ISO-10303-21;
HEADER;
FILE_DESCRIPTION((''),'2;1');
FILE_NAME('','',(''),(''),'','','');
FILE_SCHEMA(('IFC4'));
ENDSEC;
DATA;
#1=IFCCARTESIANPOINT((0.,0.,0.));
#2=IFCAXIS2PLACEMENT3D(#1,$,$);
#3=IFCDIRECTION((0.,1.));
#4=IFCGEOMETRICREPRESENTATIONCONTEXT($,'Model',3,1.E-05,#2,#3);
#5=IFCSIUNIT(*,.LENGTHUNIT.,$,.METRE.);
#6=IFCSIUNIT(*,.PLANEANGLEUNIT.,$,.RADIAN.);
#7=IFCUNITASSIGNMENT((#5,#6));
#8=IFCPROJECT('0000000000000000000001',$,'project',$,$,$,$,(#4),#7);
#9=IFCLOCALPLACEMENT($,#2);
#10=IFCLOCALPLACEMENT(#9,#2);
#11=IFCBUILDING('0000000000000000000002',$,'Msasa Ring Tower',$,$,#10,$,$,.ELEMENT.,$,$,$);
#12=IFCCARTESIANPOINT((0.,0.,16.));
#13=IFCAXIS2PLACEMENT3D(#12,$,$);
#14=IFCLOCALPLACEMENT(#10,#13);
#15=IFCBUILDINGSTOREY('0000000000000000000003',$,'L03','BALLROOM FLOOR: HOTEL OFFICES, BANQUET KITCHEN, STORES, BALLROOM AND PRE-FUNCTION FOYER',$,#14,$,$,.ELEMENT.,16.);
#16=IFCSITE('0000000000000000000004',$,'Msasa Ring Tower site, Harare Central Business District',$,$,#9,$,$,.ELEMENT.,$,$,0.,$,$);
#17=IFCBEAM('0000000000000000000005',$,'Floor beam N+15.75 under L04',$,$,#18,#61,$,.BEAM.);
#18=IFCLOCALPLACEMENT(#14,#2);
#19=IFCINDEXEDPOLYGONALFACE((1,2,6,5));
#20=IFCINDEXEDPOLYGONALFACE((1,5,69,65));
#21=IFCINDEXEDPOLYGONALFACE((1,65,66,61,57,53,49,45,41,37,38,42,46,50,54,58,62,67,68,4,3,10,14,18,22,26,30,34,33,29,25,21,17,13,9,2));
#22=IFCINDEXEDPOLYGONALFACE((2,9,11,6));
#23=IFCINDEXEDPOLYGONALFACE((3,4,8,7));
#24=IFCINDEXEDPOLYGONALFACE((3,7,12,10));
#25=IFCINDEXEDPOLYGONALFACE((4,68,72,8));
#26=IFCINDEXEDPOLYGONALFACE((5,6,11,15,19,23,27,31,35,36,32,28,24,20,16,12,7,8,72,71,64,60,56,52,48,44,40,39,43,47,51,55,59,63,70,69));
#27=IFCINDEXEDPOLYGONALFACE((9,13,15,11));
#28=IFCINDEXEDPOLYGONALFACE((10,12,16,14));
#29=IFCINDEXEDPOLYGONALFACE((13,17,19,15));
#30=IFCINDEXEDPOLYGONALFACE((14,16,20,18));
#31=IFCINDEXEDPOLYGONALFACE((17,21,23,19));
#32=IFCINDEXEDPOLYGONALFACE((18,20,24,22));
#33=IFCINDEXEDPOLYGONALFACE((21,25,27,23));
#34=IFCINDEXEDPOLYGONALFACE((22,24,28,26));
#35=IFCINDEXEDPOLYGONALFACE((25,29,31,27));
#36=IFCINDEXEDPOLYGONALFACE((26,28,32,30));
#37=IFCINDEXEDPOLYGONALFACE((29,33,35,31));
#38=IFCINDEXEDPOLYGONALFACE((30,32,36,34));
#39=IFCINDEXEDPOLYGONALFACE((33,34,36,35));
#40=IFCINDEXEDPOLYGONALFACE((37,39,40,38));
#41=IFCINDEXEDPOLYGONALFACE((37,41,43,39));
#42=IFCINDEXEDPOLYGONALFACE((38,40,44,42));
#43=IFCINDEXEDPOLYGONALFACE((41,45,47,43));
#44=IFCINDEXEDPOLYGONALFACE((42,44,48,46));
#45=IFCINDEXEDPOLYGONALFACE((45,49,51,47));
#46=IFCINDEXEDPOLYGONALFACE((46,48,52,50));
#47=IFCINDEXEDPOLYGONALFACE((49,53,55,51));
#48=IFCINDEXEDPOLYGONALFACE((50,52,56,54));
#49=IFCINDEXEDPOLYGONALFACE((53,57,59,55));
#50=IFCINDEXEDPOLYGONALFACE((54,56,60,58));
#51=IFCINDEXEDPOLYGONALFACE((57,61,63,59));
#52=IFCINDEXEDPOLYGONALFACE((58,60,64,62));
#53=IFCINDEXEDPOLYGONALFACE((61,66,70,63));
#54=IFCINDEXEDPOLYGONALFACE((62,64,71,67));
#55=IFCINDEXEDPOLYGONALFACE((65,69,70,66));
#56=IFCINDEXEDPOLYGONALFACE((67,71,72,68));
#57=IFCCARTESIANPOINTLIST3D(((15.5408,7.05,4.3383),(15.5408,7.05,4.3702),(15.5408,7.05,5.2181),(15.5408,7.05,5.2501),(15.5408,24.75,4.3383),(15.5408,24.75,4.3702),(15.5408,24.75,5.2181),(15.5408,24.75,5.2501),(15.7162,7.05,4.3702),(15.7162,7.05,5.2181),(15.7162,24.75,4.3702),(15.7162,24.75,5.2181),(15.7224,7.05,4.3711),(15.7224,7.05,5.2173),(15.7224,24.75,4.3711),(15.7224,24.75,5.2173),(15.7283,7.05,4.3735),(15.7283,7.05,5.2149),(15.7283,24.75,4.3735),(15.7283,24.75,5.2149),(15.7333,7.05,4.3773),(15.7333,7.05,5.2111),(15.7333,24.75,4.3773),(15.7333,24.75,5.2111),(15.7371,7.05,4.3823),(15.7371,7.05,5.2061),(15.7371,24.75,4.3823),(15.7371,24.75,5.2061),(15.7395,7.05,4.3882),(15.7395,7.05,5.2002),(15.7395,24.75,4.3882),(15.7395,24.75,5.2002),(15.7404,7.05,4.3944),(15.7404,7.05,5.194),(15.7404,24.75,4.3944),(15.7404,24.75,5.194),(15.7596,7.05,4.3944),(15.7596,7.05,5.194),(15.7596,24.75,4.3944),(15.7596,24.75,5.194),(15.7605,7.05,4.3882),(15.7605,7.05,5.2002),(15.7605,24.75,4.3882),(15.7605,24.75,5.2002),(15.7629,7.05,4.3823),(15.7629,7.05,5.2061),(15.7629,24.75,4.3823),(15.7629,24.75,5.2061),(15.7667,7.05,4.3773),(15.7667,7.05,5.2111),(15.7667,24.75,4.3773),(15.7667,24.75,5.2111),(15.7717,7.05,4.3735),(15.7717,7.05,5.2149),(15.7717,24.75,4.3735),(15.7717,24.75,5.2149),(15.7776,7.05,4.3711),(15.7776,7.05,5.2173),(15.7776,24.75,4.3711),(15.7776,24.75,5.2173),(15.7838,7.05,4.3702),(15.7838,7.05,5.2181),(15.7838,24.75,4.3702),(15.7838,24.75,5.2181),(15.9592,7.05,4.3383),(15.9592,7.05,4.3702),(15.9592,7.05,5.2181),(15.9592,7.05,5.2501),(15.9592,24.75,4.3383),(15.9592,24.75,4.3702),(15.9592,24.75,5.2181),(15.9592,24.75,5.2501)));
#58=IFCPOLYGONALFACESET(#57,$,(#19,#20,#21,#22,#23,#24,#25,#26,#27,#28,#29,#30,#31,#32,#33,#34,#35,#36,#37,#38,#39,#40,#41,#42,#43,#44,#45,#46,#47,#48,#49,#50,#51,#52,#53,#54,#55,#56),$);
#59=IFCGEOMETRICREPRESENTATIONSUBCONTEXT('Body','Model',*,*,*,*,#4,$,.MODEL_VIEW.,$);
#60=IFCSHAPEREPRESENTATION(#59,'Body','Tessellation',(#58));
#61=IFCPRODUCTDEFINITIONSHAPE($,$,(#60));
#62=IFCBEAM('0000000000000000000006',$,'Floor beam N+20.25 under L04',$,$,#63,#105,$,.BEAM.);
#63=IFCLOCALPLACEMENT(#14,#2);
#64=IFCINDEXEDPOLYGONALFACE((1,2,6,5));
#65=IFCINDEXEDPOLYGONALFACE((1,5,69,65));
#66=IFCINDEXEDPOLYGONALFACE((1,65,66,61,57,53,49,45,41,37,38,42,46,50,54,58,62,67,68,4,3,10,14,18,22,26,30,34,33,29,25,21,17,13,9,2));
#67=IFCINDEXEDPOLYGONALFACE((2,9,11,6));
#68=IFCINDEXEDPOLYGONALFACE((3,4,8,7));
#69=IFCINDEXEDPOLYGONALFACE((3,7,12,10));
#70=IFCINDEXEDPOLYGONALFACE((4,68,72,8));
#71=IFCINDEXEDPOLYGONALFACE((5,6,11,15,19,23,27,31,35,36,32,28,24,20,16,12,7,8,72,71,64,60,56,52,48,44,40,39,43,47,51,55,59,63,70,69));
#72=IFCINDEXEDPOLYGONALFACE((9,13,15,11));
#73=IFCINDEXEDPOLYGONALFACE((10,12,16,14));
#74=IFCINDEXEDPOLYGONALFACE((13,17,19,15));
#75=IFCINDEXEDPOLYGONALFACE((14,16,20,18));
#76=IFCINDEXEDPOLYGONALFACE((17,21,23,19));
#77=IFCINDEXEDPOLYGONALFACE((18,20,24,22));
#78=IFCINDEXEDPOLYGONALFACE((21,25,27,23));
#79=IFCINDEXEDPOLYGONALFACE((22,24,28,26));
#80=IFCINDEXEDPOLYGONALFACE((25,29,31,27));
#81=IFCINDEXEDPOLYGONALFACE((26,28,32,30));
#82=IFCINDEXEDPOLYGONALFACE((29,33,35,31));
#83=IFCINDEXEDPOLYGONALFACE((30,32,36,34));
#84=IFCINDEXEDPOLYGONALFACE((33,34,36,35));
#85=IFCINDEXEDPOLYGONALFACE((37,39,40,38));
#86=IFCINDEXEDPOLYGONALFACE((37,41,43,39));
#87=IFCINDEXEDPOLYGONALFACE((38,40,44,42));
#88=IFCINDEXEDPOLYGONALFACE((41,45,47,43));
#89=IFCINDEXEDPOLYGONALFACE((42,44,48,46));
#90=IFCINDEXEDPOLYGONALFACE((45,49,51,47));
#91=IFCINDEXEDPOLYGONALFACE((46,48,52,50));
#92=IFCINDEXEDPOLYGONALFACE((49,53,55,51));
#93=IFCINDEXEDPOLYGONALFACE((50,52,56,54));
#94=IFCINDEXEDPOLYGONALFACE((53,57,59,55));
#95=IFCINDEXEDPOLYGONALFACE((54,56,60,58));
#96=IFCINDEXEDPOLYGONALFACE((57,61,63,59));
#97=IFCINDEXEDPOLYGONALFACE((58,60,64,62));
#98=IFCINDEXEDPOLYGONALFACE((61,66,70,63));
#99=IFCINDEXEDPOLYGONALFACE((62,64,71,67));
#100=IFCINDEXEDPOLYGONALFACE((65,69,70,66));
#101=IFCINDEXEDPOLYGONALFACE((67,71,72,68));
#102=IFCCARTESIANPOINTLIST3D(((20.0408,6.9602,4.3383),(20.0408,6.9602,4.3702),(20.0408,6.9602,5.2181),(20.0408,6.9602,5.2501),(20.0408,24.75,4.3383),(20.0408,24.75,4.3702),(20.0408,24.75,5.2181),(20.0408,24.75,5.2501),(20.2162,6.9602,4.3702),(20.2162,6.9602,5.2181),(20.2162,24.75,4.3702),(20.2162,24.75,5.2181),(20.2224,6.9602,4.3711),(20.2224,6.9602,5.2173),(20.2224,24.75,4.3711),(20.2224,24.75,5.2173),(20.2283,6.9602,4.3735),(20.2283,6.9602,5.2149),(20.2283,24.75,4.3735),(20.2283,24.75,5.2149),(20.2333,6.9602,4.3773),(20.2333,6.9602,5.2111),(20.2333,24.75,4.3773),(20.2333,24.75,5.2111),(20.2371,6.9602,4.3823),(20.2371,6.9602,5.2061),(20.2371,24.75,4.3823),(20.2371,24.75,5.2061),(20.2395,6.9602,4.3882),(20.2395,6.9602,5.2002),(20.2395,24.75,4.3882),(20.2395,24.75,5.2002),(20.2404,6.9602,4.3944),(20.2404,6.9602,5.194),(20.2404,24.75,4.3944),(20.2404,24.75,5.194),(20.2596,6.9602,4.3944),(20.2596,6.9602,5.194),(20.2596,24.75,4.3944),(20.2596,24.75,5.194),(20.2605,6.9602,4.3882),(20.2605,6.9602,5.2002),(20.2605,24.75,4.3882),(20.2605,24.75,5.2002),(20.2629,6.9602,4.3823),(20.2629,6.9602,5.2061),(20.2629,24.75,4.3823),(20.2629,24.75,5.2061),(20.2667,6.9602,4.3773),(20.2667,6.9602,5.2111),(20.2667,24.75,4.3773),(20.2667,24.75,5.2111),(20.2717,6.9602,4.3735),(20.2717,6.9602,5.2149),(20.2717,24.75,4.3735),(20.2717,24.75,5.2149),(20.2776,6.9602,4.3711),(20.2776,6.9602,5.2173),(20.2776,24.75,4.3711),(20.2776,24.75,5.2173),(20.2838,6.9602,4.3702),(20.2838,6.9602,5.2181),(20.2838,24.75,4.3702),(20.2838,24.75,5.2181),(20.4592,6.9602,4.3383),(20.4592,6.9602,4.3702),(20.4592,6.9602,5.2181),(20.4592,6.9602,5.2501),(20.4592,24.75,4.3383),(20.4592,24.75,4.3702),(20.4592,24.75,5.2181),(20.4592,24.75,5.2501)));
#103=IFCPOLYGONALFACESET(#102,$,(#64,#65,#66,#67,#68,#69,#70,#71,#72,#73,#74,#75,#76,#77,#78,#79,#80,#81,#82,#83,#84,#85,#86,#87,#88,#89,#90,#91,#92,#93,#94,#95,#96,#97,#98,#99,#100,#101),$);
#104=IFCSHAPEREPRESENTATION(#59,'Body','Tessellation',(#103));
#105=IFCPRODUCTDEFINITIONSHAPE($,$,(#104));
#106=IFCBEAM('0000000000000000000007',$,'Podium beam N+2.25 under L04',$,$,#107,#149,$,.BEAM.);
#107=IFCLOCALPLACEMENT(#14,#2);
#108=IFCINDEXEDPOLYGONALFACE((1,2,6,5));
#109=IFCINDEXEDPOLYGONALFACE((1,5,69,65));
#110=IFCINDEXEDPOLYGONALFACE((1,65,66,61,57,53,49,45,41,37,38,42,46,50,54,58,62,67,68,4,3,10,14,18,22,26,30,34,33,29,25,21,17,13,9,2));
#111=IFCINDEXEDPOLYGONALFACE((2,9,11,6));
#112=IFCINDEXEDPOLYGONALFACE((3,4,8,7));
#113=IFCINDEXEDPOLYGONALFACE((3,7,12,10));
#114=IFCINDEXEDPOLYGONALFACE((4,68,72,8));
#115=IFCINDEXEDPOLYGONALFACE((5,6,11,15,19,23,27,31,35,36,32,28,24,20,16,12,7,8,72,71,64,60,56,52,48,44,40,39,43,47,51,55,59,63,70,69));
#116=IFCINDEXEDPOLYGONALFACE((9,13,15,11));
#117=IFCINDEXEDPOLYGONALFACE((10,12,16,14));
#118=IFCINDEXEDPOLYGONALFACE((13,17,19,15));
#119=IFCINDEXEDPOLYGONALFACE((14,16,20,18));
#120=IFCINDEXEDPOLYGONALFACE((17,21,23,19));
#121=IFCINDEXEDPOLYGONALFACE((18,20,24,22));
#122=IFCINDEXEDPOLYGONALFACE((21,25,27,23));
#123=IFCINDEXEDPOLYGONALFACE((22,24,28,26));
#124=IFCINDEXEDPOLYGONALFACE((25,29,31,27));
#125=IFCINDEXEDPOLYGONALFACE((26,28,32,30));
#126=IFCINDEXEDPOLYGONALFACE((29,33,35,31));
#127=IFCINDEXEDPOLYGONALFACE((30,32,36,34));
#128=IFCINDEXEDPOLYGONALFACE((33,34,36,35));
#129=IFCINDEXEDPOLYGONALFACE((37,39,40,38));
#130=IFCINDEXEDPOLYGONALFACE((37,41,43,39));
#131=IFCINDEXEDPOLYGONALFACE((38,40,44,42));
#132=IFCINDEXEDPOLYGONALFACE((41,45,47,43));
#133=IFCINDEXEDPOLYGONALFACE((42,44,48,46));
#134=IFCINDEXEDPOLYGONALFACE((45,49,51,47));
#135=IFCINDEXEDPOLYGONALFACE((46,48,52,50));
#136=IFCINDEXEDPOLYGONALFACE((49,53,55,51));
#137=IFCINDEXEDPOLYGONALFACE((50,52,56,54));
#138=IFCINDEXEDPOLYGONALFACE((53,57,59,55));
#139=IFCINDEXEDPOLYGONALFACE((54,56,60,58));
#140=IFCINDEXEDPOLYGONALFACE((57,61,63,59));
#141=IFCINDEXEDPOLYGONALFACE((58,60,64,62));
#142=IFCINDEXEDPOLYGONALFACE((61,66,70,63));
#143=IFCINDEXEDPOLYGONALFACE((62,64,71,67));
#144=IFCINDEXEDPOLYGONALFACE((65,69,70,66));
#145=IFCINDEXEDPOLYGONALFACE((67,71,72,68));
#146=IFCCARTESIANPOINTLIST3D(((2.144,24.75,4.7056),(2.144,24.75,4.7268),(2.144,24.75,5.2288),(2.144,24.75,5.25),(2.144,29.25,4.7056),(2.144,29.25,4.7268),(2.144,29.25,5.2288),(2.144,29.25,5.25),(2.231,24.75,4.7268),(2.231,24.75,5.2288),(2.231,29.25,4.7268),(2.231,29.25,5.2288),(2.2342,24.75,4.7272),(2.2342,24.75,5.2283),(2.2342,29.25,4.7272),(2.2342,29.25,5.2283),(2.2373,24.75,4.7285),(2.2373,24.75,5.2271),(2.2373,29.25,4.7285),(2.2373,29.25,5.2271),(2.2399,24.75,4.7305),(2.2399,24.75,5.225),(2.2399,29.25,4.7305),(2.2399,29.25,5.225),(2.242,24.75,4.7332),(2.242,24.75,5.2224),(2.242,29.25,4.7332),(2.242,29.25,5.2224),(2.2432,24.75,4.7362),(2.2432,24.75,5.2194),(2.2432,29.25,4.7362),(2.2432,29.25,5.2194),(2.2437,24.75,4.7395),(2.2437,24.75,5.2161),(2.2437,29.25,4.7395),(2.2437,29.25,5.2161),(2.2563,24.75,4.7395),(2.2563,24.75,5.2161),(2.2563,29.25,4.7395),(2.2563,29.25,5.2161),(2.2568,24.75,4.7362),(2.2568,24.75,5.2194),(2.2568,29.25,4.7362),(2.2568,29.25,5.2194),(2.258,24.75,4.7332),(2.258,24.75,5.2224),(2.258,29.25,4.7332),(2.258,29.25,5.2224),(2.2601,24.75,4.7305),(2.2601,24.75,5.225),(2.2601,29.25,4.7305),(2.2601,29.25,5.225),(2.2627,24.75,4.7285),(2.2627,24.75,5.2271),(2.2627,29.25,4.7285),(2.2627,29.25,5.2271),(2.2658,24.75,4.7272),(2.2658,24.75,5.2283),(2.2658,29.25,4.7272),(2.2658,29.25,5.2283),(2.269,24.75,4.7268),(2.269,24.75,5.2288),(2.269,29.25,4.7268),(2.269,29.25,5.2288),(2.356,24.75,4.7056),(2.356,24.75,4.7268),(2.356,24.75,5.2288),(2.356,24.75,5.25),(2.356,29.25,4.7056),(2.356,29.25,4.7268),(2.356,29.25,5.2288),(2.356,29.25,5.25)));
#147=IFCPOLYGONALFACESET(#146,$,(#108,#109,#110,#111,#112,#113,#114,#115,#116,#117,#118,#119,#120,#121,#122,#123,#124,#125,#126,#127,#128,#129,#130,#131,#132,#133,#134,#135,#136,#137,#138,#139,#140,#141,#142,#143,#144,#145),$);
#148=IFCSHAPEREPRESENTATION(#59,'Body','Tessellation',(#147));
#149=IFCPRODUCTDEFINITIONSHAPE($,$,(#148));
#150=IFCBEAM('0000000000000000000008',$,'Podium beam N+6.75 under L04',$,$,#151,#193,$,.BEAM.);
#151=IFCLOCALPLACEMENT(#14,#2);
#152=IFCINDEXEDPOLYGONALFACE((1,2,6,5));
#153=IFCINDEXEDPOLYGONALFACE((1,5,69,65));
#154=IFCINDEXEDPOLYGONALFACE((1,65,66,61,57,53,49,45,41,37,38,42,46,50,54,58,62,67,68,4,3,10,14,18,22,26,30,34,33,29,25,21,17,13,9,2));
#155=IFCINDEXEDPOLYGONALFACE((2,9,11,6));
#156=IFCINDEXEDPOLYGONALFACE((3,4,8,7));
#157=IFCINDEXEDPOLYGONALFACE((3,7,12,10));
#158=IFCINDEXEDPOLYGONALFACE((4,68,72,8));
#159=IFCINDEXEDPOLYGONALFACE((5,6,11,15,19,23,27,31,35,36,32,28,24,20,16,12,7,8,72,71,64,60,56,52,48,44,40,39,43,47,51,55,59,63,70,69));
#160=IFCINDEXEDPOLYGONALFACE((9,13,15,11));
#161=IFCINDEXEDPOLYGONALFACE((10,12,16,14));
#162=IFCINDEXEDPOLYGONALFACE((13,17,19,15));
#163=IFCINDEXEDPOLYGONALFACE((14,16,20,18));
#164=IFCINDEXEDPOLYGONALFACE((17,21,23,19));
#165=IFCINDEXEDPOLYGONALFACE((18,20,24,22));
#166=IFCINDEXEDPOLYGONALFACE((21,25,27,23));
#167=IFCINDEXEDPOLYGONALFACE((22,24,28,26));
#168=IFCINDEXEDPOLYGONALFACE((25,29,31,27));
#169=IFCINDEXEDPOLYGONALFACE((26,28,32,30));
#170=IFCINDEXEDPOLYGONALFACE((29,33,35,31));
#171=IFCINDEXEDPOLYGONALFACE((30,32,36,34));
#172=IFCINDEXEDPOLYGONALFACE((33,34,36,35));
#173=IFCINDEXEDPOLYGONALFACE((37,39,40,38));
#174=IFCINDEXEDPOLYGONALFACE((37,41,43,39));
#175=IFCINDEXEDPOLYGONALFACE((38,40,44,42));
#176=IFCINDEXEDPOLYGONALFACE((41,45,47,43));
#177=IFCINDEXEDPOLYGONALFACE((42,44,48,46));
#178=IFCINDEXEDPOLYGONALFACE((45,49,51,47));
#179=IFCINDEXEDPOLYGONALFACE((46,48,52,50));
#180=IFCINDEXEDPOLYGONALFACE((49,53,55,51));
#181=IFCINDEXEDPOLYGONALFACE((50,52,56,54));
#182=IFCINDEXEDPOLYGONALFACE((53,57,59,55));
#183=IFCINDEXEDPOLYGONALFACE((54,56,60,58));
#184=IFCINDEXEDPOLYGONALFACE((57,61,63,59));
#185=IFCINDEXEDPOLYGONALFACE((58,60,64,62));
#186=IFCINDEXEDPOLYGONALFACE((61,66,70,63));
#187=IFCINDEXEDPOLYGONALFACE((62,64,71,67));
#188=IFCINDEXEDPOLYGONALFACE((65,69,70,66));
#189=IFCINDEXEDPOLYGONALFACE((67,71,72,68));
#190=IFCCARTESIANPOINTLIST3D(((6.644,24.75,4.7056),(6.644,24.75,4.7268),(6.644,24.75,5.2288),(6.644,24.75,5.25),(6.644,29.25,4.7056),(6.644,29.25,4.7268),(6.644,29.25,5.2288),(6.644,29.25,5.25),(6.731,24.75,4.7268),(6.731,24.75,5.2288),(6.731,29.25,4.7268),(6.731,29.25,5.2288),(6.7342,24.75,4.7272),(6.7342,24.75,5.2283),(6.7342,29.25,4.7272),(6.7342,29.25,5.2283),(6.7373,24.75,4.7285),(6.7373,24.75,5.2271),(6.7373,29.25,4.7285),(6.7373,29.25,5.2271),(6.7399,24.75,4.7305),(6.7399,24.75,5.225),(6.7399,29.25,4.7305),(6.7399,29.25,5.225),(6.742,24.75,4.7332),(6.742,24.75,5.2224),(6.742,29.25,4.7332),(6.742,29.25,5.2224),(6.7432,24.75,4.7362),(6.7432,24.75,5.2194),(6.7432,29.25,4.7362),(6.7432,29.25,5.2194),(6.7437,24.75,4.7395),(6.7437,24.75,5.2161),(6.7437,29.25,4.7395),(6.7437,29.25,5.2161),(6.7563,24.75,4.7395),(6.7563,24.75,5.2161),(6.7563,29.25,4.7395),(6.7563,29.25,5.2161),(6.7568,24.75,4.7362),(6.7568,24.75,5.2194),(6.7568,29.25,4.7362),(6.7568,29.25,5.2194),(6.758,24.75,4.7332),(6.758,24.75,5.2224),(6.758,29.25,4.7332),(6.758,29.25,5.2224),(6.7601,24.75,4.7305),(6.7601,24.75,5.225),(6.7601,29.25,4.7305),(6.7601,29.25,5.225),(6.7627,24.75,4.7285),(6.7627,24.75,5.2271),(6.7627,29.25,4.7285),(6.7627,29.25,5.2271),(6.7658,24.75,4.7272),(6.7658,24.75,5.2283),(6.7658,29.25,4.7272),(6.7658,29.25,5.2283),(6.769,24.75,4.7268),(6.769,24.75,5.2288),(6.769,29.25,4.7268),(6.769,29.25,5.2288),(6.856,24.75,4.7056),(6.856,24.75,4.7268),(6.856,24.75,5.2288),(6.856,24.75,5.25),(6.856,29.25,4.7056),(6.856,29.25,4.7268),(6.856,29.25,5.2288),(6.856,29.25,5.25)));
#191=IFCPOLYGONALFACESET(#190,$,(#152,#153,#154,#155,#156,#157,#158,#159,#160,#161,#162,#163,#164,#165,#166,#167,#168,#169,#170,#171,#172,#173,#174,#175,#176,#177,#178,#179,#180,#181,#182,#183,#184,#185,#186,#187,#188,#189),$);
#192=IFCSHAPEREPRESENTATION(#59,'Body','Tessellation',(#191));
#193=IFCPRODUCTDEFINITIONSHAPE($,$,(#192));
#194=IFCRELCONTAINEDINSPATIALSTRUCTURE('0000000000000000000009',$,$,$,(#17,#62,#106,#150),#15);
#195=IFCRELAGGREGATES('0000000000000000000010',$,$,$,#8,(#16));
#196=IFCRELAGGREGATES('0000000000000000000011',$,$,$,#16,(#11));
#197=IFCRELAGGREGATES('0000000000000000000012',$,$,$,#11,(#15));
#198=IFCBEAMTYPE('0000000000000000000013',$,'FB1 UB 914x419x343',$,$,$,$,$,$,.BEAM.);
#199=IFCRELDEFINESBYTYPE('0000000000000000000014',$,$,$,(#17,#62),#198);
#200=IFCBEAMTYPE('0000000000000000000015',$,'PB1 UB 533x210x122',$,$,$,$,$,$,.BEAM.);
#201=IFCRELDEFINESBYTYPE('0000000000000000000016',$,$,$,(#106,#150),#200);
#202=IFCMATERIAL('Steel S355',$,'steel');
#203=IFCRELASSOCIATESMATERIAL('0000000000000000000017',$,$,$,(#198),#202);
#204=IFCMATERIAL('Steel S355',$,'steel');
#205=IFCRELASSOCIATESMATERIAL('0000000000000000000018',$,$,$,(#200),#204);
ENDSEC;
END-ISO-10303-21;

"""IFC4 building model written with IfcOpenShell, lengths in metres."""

from ifc_helpers import new_model, si_unit, direction, frame, origin, origin_2d, place, context, subcontext, project, spatial, i_section, extrude, material, material_profile, profile_set, type_object, element, save


model = new_model("IFC4")

# Units and contexts
model_context = context("Model", 3, precision=1e-05, world=origin(), true_north=direction((0.0, 1.0)))
body_context = subcontext(model_context, "Body", "Model", "MODEL_VIEW")
ifc_project = project(units=[si_unit("LENGTHUNIT", "METRE"), si_unit("PLANEANGLEUNIT", "RADIAN")], contexts=[model_context])

# Site, building, storey
site_placement = place(None, origin())
site = spatial("IfcSite", under=ifc_project, at=site_placement, Name="Msasa Ring Tower site, Harare Central Business District", CompositionType="ELEMENT", RefElevation=0.0)
building_placement = place(site_placement, origin())
building = spatial("IfcBuilding", under=site, at=building_placement, Name="Msasa Ring Tower", CompositionType="ELEMENT")
storey_placement = place(building_placement, frame((0.0, 0.0, 16.0)))
storey = spatial("IfcBuildingStorey", under=building, at=storey_placement, Name="L03", Description="BALLROOM FLOOR: HOTEL OFFICES, BANQUET KITCHEN, STORES, BALLROOM AND PRE-FUNCTION FOYER", CompositionType="ELEMENT", Elevation=16.0)

# Beams
ifc_material_1 = material(Name="Steel S355", Category="steel")
ifc_material_profile_1 = material_profile(ifc_material_1, i_section(OverallWidth=0.4185, OverallDepth=0.9119, WebThickness=0.0193, FlangeThickness=0.032, FilletRadius=0.0242, at=origin_2d()), Name="UB 914x419x343")
ifc_profile_set_1 = profile_set([ifc_material_profile_1], Name="Steel S355")
beam_type_1 = type_object("IfcBeamType", Name="FB1 UB 914x419x343", PredefinedType="BEAM", material=ifc_profile_set_1)
beam_1_placement = place(storey_placement, frame((15.75, 24.75, 4.7942), z_axis=(0.0, -1.0, 0.0), x_axis=(1.0, 0.0, 0.0)))
element("IfcBeam", 1, at=beam_1_placement, inside=storey, type_object=beam_type_1, Name="Floor beam N+15.75 under L04", PredefinedType="BEAM", context=body_context, shape_type="SweptSolid", body=[
    extrude(i_section(OverallWidth=0.4185, OverallDepth=0.9119, WebThickness=0.0193, FlangeThickness=0.032, FilletRadius=0.0242, at=origin_2d()), origin(), (0.0, 0.0, 1.0), 17.7),
])
beam_2_placement = place(storey_placement, frame((20.25, 24.75, 4.7942), z_axis=(0.0, -1.0, 0.0), x_axis=(1.0, 0.0, 0.0)))
element("IfcBeam", 2, at=beam_2_placement, inside=storey, type_object=beam_type_1, Name="Floor beam N+20.25 under L04", PredefinedType="BEAM", context=body_context, shape_type="SweptSolid", body=[
    extrude(i_section(OverallWidth=0.4185, OverallDepth=0.9119, WebThickness=0.0193, FlangeThickness=0.032, FilletRadius=0.0242, at=origin_2d()), origin(), (0.0, 0.0, 1.0), 17.7898),
])
ifc_material_2 = material(Name="Steel S355", Category="steel")
ifc_material_profile_2 = material_profile(ifc_material_2, i_section(OverallWidth=0.2119, OverallDepth=0.5444, WebThickness=0.0127, FlangeThickness=0.0212, FilletRadius=0.0127, at=origin_2d()), Name="UB 533x210x122")
ifc_profile_set_2 = profile_set([ifc_material_profile_2], Name="Steel S355")
beam_type_2 = type_object("IfcBeamType", Name="PB1 UB 533x210x122", PredefinedType="BEAM", material=ifc_profile_set_2)
for number, where, z_axis, x_axis, name in (
    (3, (2.25, 29.25, 4.9778), (0.0, -1.0, 0.0), (1.0, 0.0, 0.0), "Podium beam N+2.25 under L04"),
    (4, (6.75, 29.25, 4.9778), (0.0, -1.0, 0.0), (1.0, 0.0, 0.0), "Podium beam N+6.75 under L04"),
):
    element("IfcBeam", number, at=place(storey_placement, frame(where, z_axis=z_axis, x_axis=x_axis)), inside=storey, type_object=beam_type_2, Name=name, PredefinedType="BEAM", context=body_context, shape_type="SweptSolid", body=[
        extrude(i_section(OverallWidth=0.2119, OverallDepth=0.5444, WebThickness=0.0127, FlangeThickness=0.0212, FilletRadius=0.0127, at=origin_2d()), origin(), (0.0, 0.0, 1.0), 4.5),
    ])

save(model, "model.ifc")
